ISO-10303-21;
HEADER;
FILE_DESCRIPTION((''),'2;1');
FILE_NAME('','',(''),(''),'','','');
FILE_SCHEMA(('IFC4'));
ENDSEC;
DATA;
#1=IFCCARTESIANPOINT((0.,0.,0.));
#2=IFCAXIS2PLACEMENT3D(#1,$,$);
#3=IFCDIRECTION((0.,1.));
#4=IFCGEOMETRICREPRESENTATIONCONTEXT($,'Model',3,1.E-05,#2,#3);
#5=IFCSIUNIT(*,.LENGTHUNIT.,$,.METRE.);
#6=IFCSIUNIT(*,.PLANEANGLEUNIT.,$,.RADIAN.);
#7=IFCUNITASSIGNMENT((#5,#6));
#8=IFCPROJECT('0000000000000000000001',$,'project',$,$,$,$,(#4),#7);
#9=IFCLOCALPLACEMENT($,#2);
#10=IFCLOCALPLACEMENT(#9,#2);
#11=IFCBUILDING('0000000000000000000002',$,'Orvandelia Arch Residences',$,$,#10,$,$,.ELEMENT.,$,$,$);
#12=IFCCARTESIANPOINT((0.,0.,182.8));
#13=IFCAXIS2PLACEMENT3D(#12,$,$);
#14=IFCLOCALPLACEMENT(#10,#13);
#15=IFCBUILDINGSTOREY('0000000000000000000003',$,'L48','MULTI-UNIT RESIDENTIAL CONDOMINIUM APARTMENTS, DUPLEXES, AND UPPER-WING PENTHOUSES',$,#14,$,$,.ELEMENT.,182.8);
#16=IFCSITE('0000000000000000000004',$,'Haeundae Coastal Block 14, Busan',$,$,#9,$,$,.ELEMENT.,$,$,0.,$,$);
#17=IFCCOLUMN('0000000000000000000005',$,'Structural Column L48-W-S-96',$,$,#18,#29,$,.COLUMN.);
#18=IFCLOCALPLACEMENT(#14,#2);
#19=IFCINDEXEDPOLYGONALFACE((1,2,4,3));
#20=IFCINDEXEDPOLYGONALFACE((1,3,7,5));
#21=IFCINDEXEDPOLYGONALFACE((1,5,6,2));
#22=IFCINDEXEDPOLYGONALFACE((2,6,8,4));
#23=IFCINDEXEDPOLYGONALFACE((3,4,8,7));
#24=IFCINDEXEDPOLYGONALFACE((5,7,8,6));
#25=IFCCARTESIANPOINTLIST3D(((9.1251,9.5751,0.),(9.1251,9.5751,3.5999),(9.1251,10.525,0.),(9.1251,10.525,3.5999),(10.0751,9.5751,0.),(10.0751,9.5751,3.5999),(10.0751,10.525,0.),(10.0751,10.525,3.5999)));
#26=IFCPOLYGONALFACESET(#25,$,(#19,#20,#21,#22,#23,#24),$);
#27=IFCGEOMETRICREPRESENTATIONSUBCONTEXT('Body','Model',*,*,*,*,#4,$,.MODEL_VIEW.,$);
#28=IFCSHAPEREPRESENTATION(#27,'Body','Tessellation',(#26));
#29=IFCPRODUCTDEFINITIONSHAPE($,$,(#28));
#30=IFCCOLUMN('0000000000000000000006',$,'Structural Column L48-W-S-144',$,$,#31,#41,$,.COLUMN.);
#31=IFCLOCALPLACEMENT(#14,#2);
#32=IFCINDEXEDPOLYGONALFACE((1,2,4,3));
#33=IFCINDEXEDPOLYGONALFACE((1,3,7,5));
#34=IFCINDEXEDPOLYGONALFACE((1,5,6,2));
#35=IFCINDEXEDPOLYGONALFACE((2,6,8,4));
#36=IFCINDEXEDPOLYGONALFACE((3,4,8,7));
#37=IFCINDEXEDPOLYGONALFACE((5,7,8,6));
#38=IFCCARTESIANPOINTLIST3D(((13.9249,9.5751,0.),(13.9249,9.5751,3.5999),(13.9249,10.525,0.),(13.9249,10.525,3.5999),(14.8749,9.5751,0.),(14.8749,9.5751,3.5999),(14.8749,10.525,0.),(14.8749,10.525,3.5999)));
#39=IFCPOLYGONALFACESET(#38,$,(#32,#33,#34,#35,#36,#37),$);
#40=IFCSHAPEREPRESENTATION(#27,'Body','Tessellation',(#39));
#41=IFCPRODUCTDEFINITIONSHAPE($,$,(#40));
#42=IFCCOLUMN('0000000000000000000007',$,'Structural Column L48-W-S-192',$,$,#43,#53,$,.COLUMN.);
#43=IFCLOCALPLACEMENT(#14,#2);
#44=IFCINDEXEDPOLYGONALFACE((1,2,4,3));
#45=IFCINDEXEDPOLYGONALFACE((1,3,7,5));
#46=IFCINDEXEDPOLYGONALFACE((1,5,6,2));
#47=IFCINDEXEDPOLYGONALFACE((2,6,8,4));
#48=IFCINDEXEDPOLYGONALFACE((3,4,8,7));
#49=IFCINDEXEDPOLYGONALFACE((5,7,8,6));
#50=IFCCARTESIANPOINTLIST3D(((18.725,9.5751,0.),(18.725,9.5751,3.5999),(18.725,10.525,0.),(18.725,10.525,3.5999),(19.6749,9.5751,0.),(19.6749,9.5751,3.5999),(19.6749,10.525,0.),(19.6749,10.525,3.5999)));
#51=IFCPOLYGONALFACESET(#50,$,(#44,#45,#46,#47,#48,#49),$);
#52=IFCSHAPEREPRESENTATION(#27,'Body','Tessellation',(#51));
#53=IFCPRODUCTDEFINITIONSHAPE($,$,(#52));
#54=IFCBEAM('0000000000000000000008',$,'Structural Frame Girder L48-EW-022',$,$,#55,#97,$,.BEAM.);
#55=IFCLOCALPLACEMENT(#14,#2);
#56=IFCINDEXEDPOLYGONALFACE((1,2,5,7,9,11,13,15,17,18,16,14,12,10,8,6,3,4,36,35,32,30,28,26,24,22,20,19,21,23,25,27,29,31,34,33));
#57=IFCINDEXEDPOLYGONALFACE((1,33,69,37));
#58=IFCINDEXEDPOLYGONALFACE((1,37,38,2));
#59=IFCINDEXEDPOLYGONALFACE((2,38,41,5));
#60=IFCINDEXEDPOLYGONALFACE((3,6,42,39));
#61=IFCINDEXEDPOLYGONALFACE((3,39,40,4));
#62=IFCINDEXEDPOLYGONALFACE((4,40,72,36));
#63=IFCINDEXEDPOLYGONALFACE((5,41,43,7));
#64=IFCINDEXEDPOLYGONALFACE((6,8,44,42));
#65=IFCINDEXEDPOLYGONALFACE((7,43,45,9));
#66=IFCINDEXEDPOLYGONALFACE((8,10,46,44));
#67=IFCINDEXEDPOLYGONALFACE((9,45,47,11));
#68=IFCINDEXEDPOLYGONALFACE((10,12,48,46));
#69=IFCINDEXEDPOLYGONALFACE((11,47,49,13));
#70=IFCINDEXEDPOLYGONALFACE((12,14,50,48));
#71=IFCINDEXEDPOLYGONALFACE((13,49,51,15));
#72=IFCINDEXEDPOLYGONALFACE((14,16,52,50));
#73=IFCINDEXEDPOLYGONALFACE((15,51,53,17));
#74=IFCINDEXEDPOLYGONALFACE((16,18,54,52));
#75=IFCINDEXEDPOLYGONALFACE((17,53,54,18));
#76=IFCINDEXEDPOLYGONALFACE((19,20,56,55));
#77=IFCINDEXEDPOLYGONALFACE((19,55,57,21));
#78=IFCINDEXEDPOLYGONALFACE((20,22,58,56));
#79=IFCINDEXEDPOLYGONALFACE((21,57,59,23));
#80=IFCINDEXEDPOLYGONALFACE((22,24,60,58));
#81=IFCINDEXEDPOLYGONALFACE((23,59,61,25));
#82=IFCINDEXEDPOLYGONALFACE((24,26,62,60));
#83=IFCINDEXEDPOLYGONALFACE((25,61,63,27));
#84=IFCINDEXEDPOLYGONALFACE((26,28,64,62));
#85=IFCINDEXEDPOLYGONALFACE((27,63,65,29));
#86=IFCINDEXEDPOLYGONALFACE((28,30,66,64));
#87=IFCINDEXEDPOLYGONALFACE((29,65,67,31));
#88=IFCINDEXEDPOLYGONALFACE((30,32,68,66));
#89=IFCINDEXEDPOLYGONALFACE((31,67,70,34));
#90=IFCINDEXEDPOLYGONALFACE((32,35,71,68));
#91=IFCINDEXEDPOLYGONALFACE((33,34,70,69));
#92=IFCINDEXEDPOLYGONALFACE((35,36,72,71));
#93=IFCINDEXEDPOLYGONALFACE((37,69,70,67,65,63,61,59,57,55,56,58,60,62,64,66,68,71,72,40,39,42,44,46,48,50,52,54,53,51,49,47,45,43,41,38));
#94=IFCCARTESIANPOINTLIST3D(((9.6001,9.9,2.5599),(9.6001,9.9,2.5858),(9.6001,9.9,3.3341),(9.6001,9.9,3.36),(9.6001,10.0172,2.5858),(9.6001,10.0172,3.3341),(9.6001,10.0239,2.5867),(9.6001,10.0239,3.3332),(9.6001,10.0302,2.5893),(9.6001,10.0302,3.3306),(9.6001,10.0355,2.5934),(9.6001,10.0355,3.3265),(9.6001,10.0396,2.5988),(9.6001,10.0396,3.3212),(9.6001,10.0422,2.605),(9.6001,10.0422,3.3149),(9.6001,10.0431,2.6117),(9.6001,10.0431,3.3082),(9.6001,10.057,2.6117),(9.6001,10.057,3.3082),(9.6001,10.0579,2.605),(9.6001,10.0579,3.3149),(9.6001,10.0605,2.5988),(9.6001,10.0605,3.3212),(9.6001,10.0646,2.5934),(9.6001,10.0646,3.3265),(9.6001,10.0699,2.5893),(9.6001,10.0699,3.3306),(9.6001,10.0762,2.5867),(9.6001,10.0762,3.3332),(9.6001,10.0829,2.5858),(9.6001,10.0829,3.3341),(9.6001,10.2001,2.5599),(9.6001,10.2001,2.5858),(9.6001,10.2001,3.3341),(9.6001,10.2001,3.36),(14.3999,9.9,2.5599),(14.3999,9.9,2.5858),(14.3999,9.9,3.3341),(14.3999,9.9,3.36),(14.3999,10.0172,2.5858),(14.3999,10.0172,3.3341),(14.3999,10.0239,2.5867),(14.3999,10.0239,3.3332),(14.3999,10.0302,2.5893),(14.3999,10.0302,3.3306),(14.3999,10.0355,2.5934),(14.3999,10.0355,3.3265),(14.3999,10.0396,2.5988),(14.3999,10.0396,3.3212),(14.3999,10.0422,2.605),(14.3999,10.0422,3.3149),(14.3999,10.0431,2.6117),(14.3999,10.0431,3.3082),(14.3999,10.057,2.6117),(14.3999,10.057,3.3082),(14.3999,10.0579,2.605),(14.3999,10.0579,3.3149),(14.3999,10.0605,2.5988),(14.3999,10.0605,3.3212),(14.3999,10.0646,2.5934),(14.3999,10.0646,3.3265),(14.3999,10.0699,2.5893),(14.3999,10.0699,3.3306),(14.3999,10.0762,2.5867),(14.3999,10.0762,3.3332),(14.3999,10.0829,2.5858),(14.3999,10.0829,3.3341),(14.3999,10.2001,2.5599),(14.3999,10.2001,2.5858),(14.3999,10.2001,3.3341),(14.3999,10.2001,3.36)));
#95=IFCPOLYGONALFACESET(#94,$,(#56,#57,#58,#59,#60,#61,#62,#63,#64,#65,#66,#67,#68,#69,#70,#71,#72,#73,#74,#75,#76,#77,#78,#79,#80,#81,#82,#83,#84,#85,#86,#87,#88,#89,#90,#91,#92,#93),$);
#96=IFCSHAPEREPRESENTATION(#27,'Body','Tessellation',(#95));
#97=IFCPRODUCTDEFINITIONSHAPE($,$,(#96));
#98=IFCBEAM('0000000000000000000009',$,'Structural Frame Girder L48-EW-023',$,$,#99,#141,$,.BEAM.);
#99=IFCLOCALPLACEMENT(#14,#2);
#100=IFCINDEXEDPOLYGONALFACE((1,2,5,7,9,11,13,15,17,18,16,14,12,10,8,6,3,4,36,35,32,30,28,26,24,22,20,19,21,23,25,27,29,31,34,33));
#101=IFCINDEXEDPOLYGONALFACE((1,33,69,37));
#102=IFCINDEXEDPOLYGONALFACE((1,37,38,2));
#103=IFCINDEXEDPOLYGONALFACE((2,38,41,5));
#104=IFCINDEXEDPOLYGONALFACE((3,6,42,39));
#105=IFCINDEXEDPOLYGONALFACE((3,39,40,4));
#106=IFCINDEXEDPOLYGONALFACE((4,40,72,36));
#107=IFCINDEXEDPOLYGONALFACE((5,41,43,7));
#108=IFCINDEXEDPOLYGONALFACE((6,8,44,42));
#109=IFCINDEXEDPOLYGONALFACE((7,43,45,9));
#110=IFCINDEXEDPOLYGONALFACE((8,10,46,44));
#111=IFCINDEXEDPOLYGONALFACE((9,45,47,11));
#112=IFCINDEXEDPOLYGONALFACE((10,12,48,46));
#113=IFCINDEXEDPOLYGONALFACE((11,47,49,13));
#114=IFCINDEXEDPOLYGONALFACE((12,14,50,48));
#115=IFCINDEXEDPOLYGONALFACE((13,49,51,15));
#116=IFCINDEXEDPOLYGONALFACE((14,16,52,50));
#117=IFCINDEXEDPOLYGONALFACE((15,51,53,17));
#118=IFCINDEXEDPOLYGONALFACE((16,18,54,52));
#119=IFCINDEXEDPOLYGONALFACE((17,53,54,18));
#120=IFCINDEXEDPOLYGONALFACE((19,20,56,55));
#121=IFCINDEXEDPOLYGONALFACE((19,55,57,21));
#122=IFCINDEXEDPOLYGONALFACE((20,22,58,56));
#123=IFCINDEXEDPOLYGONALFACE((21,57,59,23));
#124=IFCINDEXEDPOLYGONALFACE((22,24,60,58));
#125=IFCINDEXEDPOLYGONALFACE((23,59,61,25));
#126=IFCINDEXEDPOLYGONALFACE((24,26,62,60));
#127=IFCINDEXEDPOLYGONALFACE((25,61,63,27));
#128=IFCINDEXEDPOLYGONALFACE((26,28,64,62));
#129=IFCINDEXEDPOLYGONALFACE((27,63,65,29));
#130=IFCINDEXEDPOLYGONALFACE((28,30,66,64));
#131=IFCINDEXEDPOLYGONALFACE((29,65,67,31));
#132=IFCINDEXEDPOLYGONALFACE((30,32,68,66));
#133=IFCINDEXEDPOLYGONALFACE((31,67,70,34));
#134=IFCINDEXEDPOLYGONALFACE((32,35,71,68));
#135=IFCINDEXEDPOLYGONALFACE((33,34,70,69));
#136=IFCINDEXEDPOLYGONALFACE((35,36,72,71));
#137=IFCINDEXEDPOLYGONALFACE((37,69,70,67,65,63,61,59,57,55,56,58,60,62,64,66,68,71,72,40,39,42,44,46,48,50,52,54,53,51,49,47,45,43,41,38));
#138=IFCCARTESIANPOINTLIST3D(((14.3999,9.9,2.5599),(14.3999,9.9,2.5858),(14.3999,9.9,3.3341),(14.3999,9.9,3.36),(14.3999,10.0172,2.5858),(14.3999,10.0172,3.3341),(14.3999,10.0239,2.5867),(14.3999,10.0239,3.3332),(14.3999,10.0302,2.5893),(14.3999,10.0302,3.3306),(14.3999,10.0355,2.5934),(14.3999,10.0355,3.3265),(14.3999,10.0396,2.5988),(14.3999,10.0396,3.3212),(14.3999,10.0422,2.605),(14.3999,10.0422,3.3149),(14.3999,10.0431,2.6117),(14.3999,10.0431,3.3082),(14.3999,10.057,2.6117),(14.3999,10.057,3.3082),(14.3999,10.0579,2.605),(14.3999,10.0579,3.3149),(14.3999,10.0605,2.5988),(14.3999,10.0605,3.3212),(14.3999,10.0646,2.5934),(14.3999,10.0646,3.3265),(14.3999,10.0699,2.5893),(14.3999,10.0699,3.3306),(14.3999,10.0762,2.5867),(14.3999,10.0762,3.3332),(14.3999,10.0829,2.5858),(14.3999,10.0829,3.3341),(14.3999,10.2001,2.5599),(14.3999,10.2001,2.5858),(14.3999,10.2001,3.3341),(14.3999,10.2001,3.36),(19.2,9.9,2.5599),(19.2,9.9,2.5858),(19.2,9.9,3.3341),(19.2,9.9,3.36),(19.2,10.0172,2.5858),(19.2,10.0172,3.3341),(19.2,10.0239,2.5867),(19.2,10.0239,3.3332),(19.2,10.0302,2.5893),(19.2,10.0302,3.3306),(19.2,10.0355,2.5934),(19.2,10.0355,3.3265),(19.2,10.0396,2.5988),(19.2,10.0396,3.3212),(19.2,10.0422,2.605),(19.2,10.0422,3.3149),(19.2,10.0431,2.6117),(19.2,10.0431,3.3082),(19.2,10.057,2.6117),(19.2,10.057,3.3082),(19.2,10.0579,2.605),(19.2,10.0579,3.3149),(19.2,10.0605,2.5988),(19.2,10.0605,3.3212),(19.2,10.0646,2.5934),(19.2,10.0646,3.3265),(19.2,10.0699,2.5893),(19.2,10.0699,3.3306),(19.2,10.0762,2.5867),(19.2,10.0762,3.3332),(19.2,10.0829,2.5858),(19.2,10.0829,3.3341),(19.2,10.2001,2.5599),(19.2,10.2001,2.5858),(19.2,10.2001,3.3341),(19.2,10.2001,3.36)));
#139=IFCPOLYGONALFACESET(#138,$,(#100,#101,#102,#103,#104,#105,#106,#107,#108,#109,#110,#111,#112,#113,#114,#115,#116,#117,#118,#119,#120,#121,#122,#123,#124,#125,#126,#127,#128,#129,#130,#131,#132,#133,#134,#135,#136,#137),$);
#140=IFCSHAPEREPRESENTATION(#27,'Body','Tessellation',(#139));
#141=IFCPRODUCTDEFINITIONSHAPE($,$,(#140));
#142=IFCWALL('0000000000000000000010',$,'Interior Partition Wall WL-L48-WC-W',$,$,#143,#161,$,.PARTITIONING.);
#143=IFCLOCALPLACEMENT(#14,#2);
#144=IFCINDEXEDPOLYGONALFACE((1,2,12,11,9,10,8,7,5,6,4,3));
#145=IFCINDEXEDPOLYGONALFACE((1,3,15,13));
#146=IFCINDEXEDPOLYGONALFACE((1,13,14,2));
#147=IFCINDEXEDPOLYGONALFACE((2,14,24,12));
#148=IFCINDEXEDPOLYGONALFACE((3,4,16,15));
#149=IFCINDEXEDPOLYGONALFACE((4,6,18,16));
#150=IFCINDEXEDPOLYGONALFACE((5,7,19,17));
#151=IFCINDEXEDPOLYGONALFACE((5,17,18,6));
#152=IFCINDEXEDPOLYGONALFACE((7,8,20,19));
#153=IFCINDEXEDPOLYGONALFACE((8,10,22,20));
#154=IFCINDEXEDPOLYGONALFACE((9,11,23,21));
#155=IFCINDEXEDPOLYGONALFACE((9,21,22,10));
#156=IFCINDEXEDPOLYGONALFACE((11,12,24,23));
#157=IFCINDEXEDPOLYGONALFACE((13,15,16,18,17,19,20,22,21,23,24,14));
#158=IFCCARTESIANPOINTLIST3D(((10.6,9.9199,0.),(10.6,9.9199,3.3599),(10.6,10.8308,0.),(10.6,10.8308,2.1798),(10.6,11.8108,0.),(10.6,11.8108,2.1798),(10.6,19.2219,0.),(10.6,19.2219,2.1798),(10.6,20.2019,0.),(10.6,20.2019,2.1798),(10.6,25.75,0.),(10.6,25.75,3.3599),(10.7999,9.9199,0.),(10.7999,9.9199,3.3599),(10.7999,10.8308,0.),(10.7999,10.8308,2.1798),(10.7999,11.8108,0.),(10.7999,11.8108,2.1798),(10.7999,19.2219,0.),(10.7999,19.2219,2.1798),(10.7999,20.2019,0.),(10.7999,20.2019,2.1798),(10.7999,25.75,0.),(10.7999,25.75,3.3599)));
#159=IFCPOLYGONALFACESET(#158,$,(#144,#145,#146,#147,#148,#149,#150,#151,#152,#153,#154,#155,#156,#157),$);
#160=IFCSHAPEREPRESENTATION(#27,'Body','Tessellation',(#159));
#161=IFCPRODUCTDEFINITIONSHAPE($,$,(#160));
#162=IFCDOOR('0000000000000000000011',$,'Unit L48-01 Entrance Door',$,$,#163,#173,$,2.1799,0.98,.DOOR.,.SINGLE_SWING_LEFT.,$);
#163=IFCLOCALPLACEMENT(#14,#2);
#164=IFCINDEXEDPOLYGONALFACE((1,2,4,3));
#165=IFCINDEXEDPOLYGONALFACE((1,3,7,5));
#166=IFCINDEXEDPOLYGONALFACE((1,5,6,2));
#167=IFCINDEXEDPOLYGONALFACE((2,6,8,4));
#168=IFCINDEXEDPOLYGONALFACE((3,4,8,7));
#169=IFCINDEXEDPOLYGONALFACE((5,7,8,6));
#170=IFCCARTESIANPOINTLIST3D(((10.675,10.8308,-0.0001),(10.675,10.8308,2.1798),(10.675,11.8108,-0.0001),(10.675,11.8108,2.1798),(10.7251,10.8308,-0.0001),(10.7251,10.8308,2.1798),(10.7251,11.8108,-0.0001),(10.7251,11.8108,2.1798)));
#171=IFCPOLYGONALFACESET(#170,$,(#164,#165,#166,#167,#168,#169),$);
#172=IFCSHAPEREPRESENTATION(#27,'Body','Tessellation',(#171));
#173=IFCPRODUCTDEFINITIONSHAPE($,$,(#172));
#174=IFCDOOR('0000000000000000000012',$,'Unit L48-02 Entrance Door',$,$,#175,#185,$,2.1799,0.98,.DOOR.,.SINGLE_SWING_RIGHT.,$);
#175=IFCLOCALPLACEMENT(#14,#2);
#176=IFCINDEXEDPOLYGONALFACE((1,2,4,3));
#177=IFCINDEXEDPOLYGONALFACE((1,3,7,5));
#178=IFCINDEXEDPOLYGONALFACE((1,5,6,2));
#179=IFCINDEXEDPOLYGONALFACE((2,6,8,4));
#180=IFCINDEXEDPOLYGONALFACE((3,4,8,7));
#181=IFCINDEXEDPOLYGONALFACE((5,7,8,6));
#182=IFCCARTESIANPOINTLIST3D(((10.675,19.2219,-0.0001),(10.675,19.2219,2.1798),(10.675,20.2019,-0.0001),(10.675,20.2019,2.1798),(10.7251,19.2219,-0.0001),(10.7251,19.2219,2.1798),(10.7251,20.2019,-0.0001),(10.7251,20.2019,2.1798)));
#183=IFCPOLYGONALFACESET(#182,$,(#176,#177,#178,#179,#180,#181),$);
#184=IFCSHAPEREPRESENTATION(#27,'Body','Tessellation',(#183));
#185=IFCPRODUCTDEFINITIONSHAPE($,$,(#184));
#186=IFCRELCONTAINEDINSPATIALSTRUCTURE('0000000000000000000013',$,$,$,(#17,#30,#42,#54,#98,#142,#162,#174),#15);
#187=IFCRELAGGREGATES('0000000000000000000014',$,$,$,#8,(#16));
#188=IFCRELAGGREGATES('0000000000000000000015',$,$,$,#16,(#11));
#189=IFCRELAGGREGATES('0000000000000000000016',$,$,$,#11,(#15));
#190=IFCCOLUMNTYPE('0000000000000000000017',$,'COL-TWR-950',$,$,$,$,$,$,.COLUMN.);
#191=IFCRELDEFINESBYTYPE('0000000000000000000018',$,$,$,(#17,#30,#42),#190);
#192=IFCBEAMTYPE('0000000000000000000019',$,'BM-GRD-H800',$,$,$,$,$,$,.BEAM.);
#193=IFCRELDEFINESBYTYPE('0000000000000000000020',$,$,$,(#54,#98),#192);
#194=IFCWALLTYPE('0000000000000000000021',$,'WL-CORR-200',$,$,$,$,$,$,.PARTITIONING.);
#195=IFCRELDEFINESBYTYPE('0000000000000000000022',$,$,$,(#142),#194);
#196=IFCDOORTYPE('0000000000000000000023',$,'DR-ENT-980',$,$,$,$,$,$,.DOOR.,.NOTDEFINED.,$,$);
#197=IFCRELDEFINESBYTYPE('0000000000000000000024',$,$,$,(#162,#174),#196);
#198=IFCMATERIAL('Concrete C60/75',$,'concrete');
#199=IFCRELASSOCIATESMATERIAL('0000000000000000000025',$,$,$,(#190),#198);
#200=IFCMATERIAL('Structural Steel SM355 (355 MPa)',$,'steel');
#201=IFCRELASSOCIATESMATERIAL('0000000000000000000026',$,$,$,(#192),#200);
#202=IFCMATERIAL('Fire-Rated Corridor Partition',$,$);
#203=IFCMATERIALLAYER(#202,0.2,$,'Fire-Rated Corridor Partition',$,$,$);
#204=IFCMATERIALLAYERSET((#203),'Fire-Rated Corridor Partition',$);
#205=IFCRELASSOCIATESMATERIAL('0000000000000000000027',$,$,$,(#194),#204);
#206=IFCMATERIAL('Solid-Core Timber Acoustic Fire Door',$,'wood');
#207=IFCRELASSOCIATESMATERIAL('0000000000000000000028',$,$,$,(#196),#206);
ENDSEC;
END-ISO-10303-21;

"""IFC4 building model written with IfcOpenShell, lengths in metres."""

from ifc_helpers import new_model, si_unit, direction, frame, frame_2d, origin, origin_2d, place, context, subcontext, project, spatial, rectangle, i_section, extrude, material, layer, layer_set, material_profile, profile_set, type_object, element, fill, save


model = new_model("IFC4")

# Units and contexts
model_context = context("Model", 3, precision=1e-05, world=origin(), true_north=direction((0.0, 1.0)))
body_context = subcontext(model_context, "Body", "Model", "MODEL_VIEW")
ifc_project = project(units=[si_unit("LENGTHUNIT", "METRE"), si_unit("PLANEANGLEUNIT", "RADIAN")], contexts=[model_context])

# Site, building, storey
site_placement = place(None, origin())
site = spatial("IfcSite", under=ifc_project, at=site_placement, Name="Haeundae Coastal Block 14, Busan", CompositionType="ELEMENT", RefElevation=0.0)
building_placement = place(site_placement, origin())
building = spatial("IfcBuilding", under=site, at=building_placement, Name="Orvandelia Arch Residences", CompositionType="ELEMENT")
storey_placement = place(building_placement, frame((0.0, 0.0, 182.8)))
storey = spatial("IfcBuildingStorey", under=building, at=storey_placement, Name="L48", Description="MULTI-UNIT RESIDENTIAL CONDOMINIUM APARTMENTS, DUPLEXES, AND UPPER-WING PENTHOUSES", CompositionType="ELEMENT", Elevation=182.8)

# Columns
ifc_material_1 = material(Name="Concrete C60/75", Category="concrete")
ifc_material_profile_1 = material_profile(ifc_material_1, rectangle(XDim=0.95, YDim=0.95, at=origin_2d()), Name="Concrete C60/75", Category="concrete")
ifc_profile_set_1 = profile_set([ifc_material_profile_1], Name="Concrete C60/75")
column_type = type_object("IfcColumnType", Name="COL-TWR-950", PredefinedType="COLUMN", material=ifc_profile_set_1)
for number, where, z_axis, x_axis, name in (
    (1, (9.6001, 10.05, 0.0), (0.0, 0.0, 1.0), (1.0, 0.0, 0.0), "Structural Column L48-W-S-96"),
    (2, (14.3999, 10.05, 0.0), (0.0, 0.0, 1.0), (1.0, 0.0, 0.0), "Structural Column L48-W-S-144"),
    (3, (19.2, 10.05, 0.0), (0.0, 0.0, 1.0), (1.0, 0.0, 0.0), "Structural Column L48-W-S-192"),
):
    element("IfcColumn", number, at=place(storey_placement, frame(where, z_axis=z_axis, x_axis=x_axis)), inside=storey, type_object=column_type, Name=name, PredefinedType="COLUMN", context=body_context, shape_type="SweptSolid", body=[
        extrude(rectangle(XDim=0.95, YDim=0.95, at=origin_2d()), origin(), (0.0, 0.0, 1.0), 3.5999),
    ])

# Beams
ifc_material_2 = material(Name="Structural Steel SM355 (355 MPa)", Category="steel")
ifc_material_profile_2 = material_profile(ifc_material_2, i_section(OverallWidth=0.3, OverallDepth=0.8, WebThickness=0.0139, FlangeThickness=0.0259, FilletRadius=0.0259, at=origin_2d()), Name="Structural Steel SM355 (355 MPa)", Category="steel")
ifc_profile_set_2 = profile_set([ifc_material_profile_2], Name="Structural Steel SM355 (355 MPa)")
beam_type = type_object("IfcBeamType", Name="BM-GRD-H800", PredefinedType="BEAM", material=ifc_profile_set_2)
beam_1_placement = place(storey_placement, frame((9.6001, 10.05, 2.96), z_axis=(1.0, 0.0, 0.0), x_axis=(0.0, 1.0, 0.0)))
element("IfcBeam", 4, at=beam_1_placement, inside=storey, type_object=beam_type, Name="Structural Frame Girder L48-EW-022", PredefinedType="BEAM", context=body_context, shape_type="SweptSolid", body=[
    extrude(i_section(OverallWidth=0.3, OverallDepth=0.8, WebThickness=0.0139, FlangeThickness=0.0259, FilletRadius=0.0259, at=origin_2d()), origin(), (0.0, 0.0, 1.0), 4.7998),
])
beam_2_placement = place(storey_placement, frame((14.3999, 10.05, 2.96), z_axis=(1.0, 0.0, 0.0), x_axis=(0.0, 1.0, 0.0)))
element("IfcBeam", 5, at=beam_2_placement, inside=storey, type_object=beam_type, Name="Structural Frame Girder L48-EW-023", PredefinedType="BEAM", context=body_context, shape_type="SweptSolid", body=[
    extrude(i_section(OverallWidth=0.3, OverallDepth=0.8, WebThickness=0.0139, FlangeThickness=0.0259, FilletRadius=0.0259, at=origin_2d()), origin(), (0.0, 0.0, 1.0), 4.8),
])

# Wall, openings, doors
ifc_material_3 = material(Name="Fire-Rated Corridor Partition")
ifc_layer_1 = layer(ifc_material_3, 0.2, Name="Fire-Rated Corridor Partition")
ifc_layer_set_1 = layer_set([ifc_layer_1], Name="Fire-Rated Corridor Partition")
wall_type_1 = type_object("IfcWallType", Name="WL-CORR-200", PredefinedType="PARTITIONING", material=ifc_layer_set_1)
wall_1_placement = place(storey_placement, frame((10.7, 9.9199, 0.0), z_axis=(0.0, 0.0, 1.0), x_axis=(0.0, 1.0, 0.0)))
wall_1 = element("IfcWall", 6, at=wall_1_placement, inside=storey, type_object=wall_type_1, Name="Interior Partition Wall WL-L48-WC-W", PredefinedType="PARTITIONING", context=body_context, shape_type="SweptSolid", body=[
    extrude(rectangle(XDim=15.8301, YDim=0.2, at=frame_2d((7.915, 0.0))), origin(), (0.0, 0.0, 1.0), 3.3599),
])
opening_1_placement = place(wall_1_placement, frame((0.9109, 0.0, 0.0)))
opening_1 = element("IfcOpeningElement", 7, at=opening_1_placement, cuts=wall_1, PredefinedType="OPENING", context=body_context, shape_type="SweptSolid", body=[
    extrude(rectangle(XDim=0.98, YDim=2.1799, at=frame_2d((0.49, 1.0898))), frame((0.0, 0.1099, 0.0), z_axis=(0.0, -1.0, 0.0), x_axis=(1.0, 0.0, 0.0)), (0.0, 0.0, 1.0), 0.22),
])
opening_2_placement = place(wall_1_placement, frame((9.302, 0.0, 0.0)))
opening_2 = element("IfcOpeningElement", 8, at=opening_2_placement, cuts=wall_1, PredefinedType="OPENING", context=body_context, shape_type="SweptSolid", body=[
    extrude(rectangle(XDim=0.98, YDim=2.1799, at=frame_2d((0.49, 1.0898))), frame((0.0, 0.1099, 0.0), z_axis=(0.0, -1.0, 0.0), x_axis=(1.0, 0.0, 0.0)), (0.0, 0.0, 1.0), 0.22),
])
ifc_material_4 = material(Name="Solid-Core Timber Acoustic Fire Door", Category="wood")
door_type_1 = type_object("IfcDoorType", Name="DR-ENT-980", OperationType="NOTDEFINED", PredefinedType="DOOR", material=ifc_material_4)
door_1_placement = place(opening_1_placement, origin())
door_1 = element("IfcDoor", 9, at=door_1_placement, inside=storey, type_object=door_type_1, Name="Unit L48-01 Entrance Door", OperationType="SINGLE_SWING_LEFT", OverallHeight=2.1799, OverallWidth=0.98, PredefinedType="DOOR", context=body_context, shape_type="SweptSolid", body=[
    extrude(rectangle(XDim=0.98, YDim=2.1799, at=frame_2d((0.49, 1.0898))), frame((0.0, 0.0249, 0.0), z_axis=(0.0, -1.0, 0.0), x_axis=(1.0, 0.0, 0.0)), (0.0, 0.0, 1.0), 0.05),
])
fill(opening_1, door_1)
door_2_placement = place(opening_2_placement, origin())
door_2 = element("IfcDoor", 10, at=door_2_placement, inside=storey, type_object=door_type_1, Name="Unit L48-02 Entrance Door", OperationType="SINGLE_SWING_RIGHT", OverallHeight=2.1799, OverallWidth=0.98, PredefinedType="DOOR", context=body_context, shape_type="SweptSolid", body=[
    extrude(rectangle(XDim=0.98, YDim=2.1799, at=frame_2d((0.49, 1.0898))), frame((0.0, 0.0249, 0.0), z_axis=(0.0, -1.0, 0.0), x_axis=(1.0, 0.0, 0.0)), (0.0, 0.0, 1.0), 0.05),
])
fill(opening_2, door_2)

save(model, "model.ifc")
